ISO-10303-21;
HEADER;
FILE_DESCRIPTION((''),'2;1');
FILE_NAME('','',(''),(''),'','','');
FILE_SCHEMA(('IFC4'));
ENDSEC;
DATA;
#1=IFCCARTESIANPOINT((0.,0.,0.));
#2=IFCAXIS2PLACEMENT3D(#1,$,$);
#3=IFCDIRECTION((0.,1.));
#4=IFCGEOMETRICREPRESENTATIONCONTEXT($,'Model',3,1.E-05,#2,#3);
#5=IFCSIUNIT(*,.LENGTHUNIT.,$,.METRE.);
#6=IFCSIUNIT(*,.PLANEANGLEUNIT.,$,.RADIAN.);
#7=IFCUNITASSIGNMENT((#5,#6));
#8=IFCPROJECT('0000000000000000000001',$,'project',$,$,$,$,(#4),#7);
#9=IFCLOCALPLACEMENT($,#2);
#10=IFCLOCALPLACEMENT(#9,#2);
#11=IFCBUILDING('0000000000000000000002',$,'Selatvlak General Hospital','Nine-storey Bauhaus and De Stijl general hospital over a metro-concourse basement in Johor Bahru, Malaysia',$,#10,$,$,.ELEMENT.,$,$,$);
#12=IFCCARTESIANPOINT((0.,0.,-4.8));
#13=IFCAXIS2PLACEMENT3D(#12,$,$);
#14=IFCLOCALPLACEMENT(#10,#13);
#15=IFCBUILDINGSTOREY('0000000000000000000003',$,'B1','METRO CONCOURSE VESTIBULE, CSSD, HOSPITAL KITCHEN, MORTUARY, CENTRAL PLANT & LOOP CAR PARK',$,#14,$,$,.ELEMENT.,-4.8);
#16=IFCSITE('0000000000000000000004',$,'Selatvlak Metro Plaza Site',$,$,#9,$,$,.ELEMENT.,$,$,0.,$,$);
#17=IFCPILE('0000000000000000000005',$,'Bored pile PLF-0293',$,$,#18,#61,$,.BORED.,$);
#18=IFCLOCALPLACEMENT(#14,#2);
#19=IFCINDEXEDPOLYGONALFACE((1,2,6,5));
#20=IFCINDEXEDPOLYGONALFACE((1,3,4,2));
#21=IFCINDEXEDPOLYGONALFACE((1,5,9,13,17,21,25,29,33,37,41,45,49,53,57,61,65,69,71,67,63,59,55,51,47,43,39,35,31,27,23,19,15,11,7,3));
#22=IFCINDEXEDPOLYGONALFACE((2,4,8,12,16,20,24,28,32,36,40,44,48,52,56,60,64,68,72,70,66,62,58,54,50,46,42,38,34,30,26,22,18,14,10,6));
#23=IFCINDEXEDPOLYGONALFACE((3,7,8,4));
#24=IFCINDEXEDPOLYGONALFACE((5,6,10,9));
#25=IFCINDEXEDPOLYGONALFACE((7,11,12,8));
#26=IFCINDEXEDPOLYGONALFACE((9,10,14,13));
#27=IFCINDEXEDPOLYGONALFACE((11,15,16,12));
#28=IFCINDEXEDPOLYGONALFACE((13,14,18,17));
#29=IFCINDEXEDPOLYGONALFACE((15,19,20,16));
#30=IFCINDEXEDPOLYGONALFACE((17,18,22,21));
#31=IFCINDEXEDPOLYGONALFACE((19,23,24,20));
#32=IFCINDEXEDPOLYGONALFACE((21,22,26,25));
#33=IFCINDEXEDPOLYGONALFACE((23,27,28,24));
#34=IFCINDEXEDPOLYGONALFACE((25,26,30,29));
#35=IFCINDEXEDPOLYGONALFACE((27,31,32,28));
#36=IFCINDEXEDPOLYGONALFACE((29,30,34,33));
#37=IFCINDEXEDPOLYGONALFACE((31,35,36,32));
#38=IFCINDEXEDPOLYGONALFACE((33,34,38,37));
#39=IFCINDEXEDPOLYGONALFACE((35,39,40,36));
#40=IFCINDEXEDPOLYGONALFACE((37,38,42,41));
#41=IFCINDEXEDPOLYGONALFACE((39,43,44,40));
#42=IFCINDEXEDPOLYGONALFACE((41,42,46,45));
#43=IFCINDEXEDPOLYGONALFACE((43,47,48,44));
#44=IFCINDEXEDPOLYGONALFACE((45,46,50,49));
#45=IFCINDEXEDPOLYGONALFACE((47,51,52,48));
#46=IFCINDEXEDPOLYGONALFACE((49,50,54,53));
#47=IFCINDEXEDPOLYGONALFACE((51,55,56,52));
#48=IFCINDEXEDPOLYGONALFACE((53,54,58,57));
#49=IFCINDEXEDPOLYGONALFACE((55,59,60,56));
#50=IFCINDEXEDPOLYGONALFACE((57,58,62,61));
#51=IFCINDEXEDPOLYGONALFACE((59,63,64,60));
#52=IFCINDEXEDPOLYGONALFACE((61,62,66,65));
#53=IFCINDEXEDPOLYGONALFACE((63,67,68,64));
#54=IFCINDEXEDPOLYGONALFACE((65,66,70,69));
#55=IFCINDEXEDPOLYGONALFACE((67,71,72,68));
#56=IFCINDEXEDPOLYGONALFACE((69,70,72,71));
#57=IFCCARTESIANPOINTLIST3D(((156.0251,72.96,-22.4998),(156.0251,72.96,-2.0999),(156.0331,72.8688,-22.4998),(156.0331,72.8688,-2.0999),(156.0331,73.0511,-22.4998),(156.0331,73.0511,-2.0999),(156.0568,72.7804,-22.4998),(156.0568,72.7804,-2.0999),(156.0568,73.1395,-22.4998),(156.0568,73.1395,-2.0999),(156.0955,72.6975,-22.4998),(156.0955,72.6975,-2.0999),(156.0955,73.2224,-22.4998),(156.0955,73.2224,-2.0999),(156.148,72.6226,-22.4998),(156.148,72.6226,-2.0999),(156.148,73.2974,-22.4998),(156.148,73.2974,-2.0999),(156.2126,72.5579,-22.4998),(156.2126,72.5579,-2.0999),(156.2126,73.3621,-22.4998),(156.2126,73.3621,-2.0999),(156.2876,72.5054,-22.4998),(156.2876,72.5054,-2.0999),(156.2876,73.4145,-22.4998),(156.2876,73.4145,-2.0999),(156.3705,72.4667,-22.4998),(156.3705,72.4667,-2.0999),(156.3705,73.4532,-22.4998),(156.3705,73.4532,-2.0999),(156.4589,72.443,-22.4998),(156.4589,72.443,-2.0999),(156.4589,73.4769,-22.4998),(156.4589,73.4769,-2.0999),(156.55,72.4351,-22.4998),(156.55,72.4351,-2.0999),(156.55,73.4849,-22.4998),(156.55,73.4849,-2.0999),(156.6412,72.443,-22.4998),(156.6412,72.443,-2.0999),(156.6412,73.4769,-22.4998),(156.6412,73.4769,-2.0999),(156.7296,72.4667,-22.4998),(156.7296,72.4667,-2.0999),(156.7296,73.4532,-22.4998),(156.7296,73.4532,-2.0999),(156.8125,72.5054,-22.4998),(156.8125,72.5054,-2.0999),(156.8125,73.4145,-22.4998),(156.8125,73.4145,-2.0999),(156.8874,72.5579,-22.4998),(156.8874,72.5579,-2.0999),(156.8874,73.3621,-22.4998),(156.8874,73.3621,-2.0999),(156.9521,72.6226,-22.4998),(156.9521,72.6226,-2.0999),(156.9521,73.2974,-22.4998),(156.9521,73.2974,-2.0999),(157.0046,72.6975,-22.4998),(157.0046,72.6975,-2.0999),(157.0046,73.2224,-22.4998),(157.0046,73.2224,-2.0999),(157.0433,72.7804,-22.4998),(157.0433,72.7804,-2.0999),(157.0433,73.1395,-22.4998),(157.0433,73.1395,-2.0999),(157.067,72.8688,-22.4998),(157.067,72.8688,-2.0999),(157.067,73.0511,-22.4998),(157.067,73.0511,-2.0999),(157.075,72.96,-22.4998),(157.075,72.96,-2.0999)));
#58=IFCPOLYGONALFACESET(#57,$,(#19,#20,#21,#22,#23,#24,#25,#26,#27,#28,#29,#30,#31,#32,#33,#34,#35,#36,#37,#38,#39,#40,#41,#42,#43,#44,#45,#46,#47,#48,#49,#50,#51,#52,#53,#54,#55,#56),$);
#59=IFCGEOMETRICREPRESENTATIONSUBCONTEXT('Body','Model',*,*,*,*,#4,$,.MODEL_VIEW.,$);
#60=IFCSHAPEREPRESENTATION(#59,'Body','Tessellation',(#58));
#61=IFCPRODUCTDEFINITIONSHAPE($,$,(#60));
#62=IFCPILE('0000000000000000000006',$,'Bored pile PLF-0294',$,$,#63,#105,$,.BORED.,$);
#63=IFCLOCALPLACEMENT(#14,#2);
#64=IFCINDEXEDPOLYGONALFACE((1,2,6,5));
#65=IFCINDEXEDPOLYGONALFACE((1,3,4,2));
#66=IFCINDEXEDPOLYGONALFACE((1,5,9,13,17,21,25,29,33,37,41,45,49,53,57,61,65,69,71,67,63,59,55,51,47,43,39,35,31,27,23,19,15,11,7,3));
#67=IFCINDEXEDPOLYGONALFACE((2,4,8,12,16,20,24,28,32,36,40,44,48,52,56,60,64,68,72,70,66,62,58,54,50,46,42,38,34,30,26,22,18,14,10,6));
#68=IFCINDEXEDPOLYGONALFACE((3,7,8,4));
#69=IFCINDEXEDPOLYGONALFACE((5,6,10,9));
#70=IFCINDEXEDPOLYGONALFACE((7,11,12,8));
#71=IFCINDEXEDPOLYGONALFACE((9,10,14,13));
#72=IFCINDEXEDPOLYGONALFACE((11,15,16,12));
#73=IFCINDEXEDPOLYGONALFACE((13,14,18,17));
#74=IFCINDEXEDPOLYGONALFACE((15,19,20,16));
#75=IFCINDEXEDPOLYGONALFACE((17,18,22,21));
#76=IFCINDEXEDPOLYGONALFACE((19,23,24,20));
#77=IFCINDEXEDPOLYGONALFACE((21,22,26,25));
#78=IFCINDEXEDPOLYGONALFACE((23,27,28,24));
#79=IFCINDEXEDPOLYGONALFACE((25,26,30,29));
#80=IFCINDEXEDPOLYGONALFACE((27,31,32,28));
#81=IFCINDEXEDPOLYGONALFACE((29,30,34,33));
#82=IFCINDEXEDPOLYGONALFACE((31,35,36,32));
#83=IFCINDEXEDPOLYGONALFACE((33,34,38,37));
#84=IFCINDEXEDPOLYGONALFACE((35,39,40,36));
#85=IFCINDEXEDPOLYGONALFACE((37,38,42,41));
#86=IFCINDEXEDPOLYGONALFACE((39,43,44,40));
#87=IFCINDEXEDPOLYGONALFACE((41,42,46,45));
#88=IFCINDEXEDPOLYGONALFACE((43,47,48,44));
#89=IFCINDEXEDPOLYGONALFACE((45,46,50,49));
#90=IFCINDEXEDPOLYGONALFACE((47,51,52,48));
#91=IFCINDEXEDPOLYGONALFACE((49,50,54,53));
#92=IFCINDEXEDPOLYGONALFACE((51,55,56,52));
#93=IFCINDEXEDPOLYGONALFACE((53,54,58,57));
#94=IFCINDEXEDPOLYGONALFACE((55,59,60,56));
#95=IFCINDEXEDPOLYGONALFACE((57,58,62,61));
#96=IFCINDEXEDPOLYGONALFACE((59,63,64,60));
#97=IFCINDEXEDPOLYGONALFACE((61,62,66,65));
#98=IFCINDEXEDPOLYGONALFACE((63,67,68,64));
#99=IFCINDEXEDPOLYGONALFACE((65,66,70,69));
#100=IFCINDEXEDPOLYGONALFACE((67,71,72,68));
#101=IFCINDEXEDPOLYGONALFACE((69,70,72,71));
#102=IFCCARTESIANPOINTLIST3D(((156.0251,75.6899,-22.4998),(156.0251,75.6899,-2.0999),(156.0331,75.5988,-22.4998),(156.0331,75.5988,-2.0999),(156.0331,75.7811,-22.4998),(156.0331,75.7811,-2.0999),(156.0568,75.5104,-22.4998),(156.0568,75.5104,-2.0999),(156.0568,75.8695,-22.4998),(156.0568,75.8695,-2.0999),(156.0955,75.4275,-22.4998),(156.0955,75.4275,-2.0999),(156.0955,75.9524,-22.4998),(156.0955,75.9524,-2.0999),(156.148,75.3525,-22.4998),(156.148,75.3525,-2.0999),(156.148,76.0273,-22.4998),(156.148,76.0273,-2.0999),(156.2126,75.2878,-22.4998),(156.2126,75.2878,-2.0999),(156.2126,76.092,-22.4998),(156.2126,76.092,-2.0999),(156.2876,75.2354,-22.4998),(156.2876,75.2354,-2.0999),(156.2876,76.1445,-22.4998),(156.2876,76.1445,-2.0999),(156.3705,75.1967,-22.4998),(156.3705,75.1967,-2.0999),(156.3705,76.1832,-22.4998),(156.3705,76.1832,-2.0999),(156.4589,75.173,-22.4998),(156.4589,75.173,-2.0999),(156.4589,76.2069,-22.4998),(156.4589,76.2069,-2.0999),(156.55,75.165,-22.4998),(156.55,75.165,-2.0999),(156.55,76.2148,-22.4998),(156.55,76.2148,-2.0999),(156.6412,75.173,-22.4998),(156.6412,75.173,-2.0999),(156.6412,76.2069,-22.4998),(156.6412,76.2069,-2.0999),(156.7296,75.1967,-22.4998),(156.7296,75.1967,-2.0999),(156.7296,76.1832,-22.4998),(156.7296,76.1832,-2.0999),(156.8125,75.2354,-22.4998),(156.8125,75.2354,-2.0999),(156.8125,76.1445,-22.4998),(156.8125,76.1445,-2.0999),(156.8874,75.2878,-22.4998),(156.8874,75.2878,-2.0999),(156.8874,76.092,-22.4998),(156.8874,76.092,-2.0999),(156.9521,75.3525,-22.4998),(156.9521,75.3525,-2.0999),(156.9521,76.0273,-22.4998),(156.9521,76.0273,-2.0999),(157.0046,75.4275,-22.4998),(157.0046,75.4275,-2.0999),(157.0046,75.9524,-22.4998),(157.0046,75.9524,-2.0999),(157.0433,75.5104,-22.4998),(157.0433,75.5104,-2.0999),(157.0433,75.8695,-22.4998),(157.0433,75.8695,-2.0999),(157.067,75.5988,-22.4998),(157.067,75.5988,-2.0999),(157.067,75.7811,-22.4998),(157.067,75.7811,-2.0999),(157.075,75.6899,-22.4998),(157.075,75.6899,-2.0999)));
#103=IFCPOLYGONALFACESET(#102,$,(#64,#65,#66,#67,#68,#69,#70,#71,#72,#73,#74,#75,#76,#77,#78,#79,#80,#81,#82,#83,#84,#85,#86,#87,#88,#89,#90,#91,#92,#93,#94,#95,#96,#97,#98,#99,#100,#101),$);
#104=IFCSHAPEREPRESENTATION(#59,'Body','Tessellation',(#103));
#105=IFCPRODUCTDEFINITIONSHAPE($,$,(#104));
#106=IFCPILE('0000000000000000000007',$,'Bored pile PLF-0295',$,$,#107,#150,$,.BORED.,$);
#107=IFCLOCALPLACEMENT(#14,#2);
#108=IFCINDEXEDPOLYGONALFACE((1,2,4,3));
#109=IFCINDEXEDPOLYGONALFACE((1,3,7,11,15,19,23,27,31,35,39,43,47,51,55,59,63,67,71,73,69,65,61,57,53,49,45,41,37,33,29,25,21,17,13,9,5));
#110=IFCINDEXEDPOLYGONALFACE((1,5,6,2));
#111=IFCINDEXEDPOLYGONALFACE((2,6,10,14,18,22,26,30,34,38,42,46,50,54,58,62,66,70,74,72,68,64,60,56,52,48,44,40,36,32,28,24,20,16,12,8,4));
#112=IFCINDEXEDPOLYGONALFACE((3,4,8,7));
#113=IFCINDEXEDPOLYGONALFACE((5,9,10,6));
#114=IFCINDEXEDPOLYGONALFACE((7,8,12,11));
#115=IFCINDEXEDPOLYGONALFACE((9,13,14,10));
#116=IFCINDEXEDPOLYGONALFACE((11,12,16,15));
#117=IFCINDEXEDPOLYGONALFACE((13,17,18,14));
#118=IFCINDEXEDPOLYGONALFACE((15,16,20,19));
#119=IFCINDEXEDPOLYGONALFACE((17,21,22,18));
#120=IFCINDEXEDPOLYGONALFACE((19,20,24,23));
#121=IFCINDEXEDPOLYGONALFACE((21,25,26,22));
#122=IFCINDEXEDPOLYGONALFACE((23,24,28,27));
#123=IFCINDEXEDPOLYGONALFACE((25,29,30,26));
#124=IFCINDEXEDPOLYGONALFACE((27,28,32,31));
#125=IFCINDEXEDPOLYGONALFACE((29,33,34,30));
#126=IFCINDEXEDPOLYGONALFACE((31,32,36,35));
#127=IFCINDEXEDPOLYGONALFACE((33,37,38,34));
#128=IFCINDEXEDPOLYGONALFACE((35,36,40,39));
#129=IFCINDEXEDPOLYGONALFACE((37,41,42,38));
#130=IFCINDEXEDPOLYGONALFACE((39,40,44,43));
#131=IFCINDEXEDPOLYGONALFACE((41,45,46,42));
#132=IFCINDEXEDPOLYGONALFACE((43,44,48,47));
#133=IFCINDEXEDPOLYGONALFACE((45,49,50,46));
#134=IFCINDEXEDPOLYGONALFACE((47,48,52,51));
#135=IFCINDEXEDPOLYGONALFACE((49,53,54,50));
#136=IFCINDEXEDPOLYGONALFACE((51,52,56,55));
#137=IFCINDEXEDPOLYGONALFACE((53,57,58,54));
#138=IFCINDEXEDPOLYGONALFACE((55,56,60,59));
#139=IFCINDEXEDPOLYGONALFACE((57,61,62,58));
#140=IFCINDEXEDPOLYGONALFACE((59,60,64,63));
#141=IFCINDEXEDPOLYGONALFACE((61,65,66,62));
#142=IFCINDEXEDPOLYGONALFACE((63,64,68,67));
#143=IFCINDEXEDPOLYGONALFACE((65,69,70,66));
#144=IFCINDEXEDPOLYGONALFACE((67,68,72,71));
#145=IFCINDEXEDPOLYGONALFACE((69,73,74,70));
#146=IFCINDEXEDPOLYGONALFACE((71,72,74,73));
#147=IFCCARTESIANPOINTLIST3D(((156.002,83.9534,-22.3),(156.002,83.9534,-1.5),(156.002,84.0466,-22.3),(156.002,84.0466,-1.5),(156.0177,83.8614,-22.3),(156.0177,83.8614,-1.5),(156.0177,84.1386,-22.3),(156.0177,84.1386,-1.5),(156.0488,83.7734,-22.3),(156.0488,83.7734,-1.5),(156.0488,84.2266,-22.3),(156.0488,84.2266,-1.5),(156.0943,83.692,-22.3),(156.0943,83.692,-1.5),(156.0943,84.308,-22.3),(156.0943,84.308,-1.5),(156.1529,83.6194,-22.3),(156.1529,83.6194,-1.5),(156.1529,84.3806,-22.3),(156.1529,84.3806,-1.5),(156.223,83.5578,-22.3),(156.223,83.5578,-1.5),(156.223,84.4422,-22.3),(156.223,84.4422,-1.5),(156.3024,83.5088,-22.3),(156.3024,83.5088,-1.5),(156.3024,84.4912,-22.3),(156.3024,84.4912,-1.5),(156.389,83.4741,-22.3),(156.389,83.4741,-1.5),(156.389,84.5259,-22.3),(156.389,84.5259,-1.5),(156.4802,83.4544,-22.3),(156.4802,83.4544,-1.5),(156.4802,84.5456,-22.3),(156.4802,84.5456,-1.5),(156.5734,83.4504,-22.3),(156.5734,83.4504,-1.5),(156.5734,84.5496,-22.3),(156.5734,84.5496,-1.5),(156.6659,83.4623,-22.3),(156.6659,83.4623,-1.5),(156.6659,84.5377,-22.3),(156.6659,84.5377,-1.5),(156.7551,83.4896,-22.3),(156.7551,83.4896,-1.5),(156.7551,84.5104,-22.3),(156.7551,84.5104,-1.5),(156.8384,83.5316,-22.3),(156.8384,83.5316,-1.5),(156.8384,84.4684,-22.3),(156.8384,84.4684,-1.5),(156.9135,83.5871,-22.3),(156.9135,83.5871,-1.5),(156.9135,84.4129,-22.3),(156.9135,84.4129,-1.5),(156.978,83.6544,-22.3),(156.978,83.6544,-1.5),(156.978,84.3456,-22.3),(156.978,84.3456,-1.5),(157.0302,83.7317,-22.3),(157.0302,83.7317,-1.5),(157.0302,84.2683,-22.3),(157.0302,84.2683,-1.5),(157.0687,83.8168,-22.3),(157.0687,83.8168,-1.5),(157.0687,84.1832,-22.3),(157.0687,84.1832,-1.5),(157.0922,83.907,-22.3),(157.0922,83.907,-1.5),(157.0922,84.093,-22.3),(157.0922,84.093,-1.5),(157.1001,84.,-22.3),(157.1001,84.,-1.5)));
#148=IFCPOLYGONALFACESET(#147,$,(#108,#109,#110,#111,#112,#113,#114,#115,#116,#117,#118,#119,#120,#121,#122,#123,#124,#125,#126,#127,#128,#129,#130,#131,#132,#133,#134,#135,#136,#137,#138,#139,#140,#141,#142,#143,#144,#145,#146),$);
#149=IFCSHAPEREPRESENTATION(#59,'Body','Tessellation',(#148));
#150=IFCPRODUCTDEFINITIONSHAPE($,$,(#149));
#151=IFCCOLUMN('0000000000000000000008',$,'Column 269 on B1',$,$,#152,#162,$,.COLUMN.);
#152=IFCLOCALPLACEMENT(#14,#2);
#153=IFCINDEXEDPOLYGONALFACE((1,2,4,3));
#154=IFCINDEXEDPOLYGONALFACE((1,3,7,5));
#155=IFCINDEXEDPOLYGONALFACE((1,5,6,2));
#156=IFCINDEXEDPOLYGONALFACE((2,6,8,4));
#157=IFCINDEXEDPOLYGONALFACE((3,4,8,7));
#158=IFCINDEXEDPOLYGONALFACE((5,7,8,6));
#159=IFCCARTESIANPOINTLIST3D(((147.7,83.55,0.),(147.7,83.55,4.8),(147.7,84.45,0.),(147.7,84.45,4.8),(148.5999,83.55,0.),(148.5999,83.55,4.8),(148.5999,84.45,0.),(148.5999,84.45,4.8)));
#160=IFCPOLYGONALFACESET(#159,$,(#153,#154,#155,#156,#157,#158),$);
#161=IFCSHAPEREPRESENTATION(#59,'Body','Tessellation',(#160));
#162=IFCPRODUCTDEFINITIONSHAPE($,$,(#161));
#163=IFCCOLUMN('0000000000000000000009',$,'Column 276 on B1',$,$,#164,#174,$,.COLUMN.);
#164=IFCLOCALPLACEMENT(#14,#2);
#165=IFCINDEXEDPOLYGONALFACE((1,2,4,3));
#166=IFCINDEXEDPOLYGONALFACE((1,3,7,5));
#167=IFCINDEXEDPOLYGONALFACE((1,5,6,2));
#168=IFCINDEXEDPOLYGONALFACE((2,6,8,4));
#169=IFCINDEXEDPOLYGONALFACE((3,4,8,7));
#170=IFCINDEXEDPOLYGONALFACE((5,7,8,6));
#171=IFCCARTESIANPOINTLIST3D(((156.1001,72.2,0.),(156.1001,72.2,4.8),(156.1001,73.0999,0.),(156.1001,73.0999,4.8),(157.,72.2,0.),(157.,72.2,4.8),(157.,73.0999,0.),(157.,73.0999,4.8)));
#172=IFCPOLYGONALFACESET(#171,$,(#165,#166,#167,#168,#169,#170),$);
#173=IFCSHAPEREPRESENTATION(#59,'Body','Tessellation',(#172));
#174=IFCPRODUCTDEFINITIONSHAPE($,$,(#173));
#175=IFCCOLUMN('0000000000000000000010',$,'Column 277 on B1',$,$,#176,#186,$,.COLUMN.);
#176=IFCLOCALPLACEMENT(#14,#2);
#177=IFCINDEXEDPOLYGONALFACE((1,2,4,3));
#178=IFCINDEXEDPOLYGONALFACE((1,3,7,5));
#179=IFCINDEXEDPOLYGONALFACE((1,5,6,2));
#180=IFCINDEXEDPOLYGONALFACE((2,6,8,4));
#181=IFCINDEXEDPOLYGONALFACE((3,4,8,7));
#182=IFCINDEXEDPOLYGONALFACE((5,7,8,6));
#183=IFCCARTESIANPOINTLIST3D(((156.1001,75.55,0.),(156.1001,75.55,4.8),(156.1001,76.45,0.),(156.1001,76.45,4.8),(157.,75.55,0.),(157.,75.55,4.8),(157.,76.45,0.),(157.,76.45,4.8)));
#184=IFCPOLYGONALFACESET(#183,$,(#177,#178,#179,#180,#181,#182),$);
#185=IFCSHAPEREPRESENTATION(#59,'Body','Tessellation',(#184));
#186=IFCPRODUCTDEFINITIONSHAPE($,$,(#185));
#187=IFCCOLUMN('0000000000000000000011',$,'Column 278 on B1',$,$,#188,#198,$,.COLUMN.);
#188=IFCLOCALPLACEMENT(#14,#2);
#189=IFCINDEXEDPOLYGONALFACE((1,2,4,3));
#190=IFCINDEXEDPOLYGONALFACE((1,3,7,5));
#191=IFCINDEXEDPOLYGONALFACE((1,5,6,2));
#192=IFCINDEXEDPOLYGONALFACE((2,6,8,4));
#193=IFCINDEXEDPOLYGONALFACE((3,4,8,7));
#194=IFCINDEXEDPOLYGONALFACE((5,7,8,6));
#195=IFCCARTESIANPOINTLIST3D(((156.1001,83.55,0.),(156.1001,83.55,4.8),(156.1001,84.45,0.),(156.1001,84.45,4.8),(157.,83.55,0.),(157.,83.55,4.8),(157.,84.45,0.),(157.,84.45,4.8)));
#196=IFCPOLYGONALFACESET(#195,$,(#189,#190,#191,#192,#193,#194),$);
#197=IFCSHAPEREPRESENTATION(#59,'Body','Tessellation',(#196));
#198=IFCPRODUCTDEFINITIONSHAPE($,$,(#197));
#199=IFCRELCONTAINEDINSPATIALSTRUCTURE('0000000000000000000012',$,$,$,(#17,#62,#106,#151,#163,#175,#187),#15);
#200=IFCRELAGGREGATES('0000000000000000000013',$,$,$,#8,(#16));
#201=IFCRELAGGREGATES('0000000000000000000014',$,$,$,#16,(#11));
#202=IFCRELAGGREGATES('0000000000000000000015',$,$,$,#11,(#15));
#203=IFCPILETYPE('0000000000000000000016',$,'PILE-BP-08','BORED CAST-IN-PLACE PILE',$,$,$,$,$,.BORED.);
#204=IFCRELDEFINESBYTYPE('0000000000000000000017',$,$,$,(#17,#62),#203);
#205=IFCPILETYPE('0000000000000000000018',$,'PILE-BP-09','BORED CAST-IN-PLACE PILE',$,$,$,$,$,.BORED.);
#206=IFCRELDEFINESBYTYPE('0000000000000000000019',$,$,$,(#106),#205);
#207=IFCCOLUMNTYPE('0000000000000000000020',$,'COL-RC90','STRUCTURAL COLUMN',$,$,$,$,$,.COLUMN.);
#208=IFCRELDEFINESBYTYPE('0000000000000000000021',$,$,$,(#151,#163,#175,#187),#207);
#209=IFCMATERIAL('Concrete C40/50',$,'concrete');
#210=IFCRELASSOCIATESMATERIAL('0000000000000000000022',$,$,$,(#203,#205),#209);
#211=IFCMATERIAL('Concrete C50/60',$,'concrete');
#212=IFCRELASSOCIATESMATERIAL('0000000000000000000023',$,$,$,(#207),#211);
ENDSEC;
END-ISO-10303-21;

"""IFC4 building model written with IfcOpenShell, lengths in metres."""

from ifc_helpers import new_model, si_unit, direction, frame, origin, origin_2d, place, context, subcontext, project, spatial, rectangle, circle, extrude, material, material_profile, profile_set, type_object, element, save


model = new_model("IFC4")

# Units and contexts
model_context = context("Model", 3, precision=1e-05, world=origin(), true_north=direction((0.0, 1.0)))
body_context = subcontext(model_context, "Body", "Model", "MODEL_VIEW")
ifc_project = project(units=[si_unit("LENGTHUNIT", "METRE"), si_unit("PLANEANGLEUNIT", "RADIAN")], contexts=[model_context])

# Site, building, storey
site_placement = place(None, origin())
site = spatial("IfcSite", under=ifc_project, at=site_placement, Name="Selatvlak Metro Plaza Site", CompositionType="ELEMENT", RefElevation=0.0)
building_placement = place(site_placement, origin())
building = spatial("IfcBuilding", under=site, at=building_placement, Name="Selatvlak General Hospital", Description="Nine-storey Bauhaus and De Stijl general hospital over a metro-concourse basement in Johor Bahru, Malaysia", CompositionType="ELEMENT")
storey_placement = place(building_placement, frame((0.0, 0.0, -4.8)))
storey = spatial("IfcBuildingStorey", under=building, at=storey_placement, Name="B1", Description="METRO CONCOURSE VESTIBULE, CSSD, HOSPITAL KITCHEN, MORTUARY, CENTRAL PLANT & LOOP CAR PARK", CompositionType="ELEMENT", Elevation=-4.8)

# Shared definitions
ifc_material_1 = material(Name="Concrete C40/50", Category="concrete")

# Piles
ifc_material_profile_1 = material_profile(ifc_material_1, circle(Radius=0.5249, at=origin_2d()), Name="BORED PILE 1050")
ifc_profile_set_1 = profile_set([ifc_material_profile_1], Name="Concrete C40/50")
pile_type_1 = type_object("IfcPileType", Name="PILE-BP-08", Description="BORED CAST-IN-PLACE PILE", PredefinedType="BORED", material=ifc_profile_set_1)
for number, where, z_axis, x_axis, name in (
    (1, (156.55, 72.96, -2.0999), (0.0, 0.0, -1.0), (1.0, 0.0, 0.0), "Bored pile PLF-0293"),
    (2, (156.55, 75.6899, -2.0999), (0.0, 0.0, -1.0), (1.0, 0.0, 0.0), "Bored pile PLF-0294"),
):
    element("IfcPile", number, at=place(storey_placement, frame(where, z_axis=z_axis, x_axis=x_axis)), inside=storey, type_object=pile_type_1, Name=name, PredefinedType="BORED", context=body_context, shape_type="SweptSolid", body=[
        extrude(circle(Radius=0.5249, at=origin_2d()), origin(), (0.0, 0.0, 1.0), 20.3999),
    ])
ifc_material_profile_2 = material_profile(ifc_material_1, circle(Radius=0.55, at=origin_2d()), Name="BORED PILE 1100")
ifc_profile_set_2 = profile_set([ifc_material_profile_2], Name="Concrete C40/50")
pile_type_2 = type_object("IfcPileType", Name="PILE-BP-09", Description="BORED CAST-IN-PLACE PILE", PredefinedType="BORED", material=ifc_profile_set_2)
pile_1_placement = place(storey_placement, frame((156.55, 84.0, -1.5), z_axis=(0.0, 0.0, -1.0), x_axis=(1.0, 0.0, 0.0)))
element("IfcPile", 3, at=pile_1_placement, inside=storey, type_object=pile_type_2, Name="Bored pile PLF-0295", PredefinedType="BORED", context=body_context, shape_type="SweptSolid", body=[
    extrude(circle(Radius=0.55, at=origin_2d()), origin(), (0.0, 0.0, 1.0), 20.8),
])

# Columns
ifc_material_2 = material(Name="Concrete C50/60", Category="concrete")
ifc_material_profile_3 = material_profile(ifc_material_2, rectangle(XDim=0.8999, YDim=0.8999, at=origin_2d()), Name="RC-COL 900x900")
ifc_profile_set_3 = profile_set([ifc_material_profile_3], Name="Concrete C50/60")
column_type = type_object("IfcColumnType", Name="COL-RC90", Description="STRUCTURAL COLUMN", PredefinedType="COLUMN", material=ifc_profile_set_3)
for number, where, z_axis, x_axis, name in (
    (4, (148.1499, 84.0, 0.0), (0.0, 0.0, 1.0), (1.0, 0.0, 0.0), "Column 269 on B1"),
    (5, (156.55, 72.6499, 0.0), (0.0, 0.0, 1.0), (1.0, 0.0, 0.0), "Column 276 on B1"),
    (6, (156.55, 76.0, 0.0), (0.0, 0.0, 1.0), (1.0, 0.0, 0.0), "Column 277 on B1"),
    (7, (156.55, 84.0, 0.0), (0.0, 0.0, 1.0), (1.0, 0.0, 0.0), "Column 278 on B1"),
):
    element("IfcColumn", number, at=place(storey_placement, frame(where, z_axis=z_axis, x_axis=x_axis)), inside=storey, type_object=column_type, Name=name, PredefinedType="COLUMN", context=body_context, shape_type="SweptSolid", body=[
        extrude(rectangle(XDim=0.8999, YDim=0.8999, at=origin_2d()), origin(), (0.0, 0.0, 1.0), 4.8),
    ])

save(model, "model.ifc")
